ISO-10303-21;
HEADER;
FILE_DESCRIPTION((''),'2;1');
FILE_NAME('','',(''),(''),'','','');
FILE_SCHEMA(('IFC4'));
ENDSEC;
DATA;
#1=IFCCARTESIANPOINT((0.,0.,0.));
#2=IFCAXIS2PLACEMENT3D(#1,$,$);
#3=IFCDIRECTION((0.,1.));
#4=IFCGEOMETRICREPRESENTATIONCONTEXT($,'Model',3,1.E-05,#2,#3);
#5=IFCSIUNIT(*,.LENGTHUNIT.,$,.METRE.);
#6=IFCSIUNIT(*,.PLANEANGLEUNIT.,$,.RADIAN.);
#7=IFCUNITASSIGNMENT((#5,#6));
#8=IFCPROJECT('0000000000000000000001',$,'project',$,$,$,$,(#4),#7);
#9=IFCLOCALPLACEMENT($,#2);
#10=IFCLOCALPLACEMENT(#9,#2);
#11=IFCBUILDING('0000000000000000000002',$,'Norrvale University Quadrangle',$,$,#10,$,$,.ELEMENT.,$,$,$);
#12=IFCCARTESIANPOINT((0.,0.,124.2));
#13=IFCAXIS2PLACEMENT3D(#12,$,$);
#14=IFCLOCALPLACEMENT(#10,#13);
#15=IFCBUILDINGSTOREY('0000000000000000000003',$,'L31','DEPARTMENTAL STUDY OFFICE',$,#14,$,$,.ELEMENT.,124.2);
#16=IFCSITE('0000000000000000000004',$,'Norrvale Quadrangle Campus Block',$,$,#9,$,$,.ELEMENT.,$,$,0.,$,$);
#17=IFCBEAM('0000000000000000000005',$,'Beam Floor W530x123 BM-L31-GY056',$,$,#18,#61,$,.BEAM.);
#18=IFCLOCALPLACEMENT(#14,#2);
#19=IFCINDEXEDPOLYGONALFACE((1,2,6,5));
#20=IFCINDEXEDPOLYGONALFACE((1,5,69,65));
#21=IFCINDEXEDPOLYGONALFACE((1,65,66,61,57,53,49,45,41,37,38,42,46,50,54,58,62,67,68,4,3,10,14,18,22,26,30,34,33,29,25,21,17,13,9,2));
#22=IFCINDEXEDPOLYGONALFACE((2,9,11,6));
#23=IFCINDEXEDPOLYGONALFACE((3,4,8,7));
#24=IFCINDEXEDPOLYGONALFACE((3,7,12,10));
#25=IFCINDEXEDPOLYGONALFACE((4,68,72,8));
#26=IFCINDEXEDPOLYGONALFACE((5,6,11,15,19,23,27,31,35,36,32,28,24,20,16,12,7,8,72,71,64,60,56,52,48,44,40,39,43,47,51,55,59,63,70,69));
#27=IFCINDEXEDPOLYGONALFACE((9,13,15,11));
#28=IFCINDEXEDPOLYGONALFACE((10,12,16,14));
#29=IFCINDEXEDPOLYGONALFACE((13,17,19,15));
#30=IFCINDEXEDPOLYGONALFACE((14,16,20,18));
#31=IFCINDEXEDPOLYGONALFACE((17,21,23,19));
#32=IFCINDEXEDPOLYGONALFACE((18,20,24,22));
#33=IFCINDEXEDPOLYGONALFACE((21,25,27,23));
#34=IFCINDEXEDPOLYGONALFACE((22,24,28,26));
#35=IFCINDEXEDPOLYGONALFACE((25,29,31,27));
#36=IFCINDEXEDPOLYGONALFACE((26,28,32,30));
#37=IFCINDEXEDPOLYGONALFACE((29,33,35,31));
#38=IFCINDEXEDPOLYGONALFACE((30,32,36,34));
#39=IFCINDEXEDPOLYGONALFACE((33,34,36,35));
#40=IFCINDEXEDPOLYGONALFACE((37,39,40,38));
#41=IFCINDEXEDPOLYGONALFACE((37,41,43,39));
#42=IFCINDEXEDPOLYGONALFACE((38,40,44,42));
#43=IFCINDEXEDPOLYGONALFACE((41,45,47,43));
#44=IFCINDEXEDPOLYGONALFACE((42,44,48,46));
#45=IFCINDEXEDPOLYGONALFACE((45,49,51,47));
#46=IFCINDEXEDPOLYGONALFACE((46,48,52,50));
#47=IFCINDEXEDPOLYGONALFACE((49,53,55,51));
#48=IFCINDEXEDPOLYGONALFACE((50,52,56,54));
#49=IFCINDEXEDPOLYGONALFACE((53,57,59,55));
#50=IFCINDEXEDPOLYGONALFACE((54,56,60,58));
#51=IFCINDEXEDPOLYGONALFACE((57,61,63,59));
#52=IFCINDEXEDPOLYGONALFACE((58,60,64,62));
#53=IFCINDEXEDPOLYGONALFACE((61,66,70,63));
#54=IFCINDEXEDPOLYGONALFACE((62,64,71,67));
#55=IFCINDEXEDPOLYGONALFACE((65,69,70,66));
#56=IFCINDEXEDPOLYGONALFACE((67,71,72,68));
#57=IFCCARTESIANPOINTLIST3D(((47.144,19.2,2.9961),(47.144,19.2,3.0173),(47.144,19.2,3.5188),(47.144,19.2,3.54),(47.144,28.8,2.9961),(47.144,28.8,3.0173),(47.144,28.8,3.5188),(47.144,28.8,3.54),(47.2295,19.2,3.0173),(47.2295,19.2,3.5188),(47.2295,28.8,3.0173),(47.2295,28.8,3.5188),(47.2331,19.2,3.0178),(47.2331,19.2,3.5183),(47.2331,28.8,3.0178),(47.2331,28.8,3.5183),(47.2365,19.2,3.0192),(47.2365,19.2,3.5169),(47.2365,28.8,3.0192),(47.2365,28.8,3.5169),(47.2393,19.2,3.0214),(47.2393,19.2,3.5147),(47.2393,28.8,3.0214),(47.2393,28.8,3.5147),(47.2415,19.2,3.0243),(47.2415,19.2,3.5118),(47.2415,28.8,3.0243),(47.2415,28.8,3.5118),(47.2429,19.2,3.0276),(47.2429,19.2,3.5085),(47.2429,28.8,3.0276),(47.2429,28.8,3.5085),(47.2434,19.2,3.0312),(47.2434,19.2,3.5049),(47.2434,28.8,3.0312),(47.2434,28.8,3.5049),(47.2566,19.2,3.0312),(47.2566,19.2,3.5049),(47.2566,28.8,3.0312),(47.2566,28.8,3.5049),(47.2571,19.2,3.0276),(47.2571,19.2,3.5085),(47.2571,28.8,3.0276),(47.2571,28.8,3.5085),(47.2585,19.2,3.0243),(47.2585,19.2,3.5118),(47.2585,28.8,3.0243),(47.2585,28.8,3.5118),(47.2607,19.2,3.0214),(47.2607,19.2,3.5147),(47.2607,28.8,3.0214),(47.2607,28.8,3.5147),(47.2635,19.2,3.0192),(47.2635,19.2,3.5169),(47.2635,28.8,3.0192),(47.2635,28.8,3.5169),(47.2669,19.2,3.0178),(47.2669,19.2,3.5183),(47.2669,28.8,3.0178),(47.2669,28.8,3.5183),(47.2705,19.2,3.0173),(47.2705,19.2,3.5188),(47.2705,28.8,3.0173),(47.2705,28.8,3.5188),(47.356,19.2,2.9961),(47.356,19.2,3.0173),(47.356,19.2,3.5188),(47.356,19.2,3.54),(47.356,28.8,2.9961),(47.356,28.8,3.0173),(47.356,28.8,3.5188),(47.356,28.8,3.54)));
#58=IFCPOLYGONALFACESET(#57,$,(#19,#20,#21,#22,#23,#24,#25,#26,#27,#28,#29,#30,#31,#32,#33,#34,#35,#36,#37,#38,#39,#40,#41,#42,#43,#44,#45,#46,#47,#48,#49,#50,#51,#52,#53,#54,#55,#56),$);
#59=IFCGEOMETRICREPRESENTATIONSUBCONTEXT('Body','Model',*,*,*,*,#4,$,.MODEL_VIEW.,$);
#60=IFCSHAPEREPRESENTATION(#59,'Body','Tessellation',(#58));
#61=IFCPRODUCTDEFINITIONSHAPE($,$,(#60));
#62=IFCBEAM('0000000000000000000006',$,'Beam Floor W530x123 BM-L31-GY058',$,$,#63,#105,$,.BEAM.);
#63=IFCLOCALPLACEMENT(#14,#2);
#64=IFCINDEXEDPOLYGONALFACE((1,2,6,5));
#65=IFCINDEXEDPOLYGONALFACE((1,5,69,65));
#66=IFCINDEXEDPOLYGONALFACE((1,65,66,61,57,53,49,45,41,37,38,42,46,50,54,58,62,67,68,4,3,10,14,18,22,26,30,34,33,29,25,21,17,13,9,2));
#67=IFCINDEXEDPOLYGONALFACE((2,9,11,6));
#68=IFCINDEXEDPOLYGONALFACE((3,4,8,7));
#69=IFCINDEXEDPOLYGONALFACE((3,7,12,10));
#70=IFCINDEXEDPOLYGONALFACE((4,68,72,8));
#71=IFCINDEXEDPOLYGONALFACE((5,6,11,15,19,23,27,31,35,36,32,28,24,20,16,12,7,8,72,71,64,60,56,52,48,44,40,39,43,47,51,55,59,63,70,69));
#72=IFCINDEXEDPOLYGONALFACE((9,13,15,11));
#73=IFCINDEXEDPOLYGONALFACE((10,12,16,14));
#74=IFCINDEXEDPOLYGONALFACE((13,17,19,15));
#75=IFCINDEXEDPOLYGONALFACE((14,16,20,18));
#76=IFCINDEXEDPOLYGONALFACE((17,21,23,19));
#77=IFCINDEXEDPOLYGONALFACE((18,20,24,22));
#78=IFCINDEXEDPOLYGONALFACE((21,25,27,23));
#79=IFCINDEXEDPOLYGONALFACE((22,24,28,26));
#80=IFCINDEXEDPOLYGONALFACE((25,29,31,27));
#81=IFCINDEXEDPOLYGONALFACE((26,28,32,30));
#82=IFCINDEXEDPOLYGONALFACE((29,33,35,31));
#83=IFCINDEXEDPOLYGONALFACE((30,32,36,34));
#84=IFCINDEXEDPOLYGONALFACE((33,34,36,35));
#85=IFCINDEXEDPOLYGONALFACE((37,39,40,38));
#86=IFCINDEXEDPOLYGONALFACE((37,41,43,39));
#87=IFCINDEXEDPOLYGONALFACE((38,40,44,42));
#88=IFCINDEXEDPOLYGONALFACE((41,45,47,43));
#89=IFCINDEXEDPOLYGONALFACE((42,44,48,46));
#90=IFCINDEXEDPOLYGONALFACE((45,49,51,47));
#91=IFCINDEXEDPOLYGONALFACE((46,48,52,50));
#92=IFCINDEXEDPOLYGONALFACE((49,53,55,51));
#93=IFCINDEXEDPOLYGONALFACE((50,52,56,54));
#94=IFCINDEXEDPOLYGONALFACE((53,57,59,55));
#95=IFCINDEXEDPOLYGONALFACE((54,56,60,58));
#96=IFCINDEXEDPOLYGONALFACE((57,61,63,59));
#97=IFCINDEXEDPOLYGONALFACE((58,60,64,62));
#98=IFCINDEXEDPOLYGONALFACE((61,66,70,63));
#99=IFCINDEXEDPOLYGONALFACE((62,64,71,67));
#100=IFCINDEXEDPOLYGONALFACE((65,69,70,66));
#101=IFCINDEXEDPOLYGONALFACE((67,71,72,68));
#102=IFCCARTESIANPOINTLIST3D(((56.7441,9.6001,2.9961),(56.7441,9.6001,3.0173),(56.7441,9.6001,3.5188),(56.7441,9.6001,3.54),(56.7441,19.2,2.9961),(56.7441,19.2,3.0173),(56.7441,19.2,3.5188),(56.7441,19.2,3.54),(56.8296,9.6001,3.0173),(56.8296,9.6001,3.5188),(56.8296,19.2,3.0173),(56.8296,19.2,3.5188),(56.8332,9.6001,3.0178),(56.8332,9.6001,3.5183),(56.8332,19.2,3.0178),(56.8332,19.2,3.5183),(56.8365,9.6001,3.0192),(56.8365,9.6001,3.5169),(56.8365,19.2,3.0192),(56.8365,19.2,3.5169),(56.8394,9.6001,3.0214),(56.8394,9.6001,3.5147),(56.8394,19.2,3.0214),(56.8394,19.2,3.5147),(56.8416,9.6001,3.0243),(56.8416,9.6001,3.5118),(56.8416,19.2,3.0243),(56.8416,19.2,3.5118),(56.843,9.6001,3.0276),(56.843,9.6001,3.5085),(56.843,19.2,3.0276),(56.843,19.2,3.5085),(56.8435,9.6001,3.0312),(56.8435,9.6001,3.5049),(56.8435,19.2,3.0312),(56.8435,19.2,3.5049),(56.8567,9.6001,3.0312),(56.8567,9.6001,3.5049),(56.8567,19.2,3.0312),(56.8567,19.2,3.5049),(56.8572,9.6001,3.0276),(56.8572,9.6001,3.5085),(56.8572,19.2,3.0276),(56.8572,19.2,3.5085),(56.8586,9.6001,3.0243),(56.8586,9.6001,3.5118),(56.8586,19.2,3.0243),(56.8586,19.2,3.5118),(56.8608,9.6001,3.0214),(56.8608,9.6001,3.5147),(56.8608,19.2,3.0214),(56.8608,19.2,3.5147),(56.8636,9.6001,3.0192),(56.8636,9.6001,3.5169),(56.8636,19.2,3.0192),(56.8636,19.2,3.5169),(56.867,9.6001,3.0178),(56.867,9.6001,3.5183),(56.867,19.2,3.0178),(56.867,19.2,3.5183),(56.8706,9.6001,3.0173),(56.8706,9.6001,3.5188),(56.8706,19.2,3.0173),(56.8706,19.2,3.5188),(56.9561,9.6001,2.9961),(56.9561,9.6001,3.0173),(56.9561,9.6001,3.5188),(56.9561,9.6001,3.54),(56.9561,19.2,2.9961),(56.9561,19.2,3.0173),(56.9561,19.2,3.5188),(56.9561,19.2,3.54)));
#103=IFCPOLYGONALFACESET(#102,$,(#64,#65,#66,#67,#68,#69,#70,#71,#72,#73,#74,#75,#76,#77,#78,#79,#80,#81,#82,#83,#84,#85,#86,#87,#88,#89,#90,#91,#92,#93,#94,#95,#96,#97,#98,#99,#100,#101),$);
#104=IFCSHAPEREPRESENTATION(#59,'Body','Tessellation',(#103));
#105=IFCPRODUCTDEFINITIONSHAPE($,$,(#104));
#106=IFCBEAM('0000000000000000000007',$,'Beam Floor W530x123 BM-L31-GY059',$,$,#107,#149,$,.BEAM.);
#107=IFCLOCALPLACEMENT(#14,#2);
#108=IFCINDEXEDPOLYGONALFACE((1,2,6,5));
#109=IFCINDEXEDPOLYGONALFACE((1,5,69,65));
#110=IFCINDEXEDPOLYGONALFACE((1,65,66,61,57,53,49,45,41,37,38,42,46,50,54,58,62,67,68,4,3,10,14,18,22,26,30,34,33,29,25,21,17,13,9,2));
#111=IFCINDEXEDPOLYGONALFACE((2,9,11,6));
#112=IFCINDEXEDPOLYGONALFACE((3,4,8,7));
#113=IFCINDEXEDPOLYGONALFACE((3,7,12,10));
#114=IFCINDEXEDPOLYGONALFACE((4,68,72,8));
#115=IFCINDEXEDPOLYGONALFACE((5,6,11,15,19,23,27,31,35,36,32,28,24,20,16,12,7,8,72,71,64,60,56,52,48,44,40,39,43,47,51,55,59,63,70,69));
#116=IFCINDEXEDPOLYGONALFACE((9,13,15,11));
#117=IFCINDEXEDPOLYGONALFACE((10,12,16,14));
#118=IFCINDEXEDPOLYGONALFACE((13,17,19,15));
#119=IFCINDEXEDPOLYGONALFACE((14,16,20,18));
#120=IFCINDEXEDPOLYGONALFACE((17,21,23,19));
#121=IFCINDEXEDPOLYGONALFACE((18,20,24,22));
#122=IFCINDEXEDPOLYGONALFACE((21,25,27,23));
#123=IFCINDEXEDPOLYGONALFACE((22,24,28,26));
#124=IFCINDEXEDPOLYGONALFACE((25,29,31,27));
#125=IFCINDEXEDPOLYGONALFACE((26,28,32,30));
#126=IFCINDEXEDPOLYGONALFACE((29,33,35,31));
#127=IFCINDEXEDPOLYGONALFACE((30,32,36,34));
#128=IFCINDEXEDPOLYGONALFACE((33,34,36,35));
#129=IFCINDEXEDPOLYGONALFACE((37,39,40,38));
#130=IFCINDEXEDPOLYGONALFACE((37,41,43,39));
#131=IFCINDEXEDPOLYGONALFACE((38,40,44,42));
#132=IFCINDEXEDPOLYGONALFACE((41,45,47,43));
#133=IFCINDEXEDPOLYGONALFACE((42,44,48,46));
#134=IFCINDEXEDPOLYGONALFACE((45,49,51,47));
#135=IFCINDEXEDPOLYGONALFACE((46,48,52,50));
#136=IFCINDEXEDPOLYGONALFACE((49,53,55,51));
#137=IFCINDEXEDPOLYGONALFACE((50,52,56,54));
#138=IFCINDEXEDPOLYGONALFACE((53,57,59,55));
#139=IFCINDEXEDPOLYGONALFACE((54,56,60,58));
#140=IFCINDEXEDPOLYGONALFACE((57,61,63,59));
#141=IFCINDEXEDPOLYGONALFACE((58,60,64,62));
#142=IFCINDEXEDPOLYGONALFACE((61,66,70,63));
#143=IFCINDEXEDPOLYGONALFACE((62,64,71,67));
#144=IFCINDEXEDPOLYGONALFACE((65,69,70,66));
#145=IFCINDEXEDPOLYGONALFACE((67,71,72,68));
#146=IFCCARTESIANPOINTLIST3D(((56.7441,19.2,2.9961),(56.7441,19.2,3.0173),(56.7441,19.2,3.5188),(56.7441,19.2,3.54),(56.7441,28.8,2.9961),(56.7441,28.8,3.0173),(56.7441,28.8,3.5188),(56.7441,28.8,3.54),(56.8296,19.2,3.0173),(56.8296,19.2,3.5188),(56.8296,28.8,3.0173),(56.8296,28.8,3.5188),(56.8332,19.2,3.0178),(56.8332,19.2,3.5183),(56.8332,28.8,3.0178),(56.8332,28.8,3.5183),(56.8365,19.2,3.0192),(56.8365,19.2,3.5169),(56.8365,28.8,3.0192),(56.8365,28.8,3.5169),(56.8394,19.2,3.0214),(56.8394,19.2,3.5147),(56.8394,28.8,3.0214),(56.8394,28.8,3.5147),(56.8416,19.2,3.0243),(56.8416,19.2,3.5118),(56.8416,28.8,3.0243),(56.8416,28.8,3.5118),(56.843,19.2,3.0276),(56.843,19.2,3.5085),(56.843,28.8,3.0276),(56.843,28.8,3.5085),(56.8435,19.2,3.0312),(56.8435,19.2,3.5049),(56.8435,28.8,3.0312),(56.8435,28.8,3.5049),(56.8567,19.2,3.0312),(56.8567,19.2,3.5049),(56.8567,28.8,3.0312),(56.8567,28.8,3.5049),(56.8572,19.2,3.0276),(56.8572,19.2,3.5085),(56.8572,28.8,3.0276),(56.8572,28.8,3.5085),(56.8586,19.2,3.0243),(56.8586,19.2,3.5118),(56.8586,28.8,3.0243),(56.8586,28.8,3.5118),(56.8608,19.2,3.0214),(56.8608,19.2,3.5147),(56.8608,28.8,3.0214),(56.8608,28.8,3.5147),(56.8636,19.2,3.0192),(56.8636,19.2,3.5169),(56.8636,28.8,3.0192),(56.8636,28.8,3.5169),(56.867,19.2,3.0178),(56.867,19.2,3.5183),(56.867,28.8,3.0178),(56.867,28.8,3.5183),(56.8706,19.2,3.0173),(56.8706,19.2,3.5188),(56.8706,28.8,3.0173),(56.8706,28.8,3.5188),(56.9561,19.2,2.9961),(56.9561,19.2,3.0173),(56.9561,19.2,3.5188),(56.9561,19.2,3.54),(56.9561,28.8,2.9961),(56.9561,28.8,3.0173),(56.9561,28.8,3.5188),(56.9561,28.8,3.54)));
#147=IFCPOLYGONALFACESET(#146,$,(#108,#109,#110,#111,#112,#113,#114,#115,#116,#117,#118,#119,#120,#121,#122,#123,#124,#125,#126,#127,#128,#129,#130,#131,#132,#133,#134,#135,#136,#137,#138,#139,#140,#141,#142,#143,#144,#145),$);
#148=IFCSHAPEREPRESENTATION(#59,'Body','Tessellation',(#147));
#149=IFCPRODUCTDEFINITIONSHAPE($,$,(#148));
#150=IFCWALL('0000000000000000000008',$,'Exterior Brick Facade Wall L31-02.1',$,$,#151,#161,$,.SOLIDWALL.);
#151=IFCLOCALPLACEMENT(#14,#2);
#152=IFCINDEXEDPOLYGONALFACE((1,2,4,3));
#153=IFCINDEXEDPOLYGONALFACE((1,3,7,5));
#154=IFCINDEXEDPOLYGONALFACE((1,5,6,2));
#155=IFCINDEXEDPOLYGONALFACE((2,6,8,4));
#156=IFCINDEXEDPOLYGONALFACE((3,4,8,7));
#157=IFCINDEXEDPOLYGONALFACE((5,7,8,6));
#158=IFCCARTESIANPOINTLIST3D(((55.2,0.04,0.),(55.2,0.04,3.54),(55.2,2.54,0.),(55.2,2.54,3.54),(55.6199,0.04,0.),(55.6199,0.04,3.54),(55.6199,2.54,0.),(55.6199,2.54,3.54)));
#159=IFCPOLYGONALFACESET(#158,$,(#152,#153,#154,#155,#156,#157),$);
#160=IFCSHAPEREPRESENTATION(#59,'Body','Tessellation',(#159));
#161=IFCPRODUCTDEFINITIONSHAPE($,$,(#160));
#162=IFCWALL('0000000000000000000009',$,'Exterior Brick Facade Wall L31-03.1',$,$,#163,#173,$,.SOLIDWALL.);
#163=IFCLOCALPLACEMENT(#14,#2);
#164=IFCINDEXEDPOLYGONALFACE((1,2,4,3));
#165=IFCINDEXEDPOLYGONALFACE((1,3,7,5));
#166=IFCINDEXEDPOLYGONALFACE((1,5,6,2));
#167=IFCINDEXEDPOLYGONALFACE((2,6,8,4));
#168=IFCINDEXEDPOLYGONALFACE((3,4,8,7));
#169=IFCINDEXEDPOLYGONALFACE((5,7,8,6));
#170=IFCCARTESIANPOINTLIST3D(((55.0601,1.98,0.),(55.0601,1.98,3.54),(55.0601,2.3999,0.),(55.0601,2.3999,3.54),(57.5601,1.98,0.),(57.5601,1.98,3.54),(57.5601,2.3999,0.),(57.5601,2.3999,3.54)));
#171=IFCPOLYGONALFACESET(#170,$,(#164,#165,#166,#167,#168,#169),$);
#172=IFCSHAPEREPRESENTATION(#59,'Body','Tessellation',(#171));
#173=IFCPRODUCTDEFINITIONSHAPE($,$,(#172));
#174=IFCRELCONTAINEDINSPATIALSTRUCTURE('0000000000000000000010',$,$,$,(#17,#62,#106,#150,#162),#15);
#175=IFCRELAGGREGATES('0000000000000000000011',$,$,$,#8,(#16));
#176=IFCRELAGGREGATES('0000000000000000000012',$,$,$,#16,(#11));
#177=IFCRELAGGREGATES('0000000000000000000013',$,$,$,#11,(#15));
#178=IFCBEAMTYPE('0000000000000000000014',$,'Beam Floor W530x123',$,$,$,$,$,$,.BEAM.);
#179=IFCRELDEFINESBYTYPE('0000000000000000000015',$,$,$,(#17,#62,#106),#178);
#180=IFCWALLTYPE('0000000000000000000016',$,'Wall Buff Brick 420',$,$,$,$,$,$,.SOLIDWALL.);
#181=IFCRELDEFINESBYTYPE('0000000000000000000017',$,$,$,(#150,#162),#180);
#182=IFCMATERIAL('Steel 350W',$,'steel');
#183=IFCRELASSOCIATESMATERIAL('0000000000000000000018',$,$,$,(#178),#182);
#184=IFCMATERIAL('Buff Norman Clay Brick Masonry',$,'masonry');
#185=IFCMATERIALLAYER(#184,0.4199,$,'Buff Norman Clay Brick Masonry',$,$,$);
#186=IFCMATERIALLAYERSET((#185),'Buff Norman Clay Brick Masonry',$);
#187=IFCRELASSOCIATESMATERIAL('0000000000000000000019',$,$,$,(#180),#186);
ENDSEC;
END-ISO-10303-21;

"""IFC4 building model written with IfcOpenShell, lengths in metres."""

from ifc_helpers import new_model, si_unit, direction, frame, frame_2d, origin, origin_2d, place, context, subcontext, project, spatial, rectangle, i_section, extrude, material, layer, layer_set, material_profile, profile_set, type_object, element, save


model = new_model("IFC4")

# Units and contexts
model_context = context("Model", 3, precision=1e-05, world=origin(), true_north=direction((0.0, 1.0)))
body_context = subcontext(model_context, "Body", "Model", "MODEL_VIEW")
ifc_project = project(units=[si_unit("LENGTHUNIT", "METRE"), si_unit("PLANEANGLEUNIT", "RADIAN")], contexts=[model_context])

# Site, building, storey
site_placement = place(None, origin())
site = spatial("IfcSite", under=ifc_project, at=site_placement, Name="Norrvale Quadrangle Campus Block", CompositionType="ELEMENT", RefElevation=0.0)
building_placement = place(site_placement, origin())
building = spatial("IfcBuilding", under=site, at=building_placement, Name="Norrvale University Quadrangle", CompositionType="ELEMENT")
storey_placement = place(building_placement, frame((0.0, 0.0, 124.2)))
storey = spatial("IfcBuildingStorey", under=building, at=storey_placement, Name="L31", Description="DEPARTMENTAL STUDY OFFICE", CompositionType="ELEMENT", Elevation=124.2)

# Beams
ifc_material_1 = material(Name="Steel 350W", Category="steel")
ifc_material_profile_1 = material_profile(ifc_material_1, i_section(OverallWidth=0.2119, OverallDepth=0.5439, WebThickness=0.0132, FlangeThickness=0.0212, FilletRadius=0.0139, at=origin_2d()), Name="Steel 350W")
ifc_profile_set_1 = profile_set([ifc_material_profile_1], Name="Steel 350W")
beam_type_1 = type_object("IfcBeamType", Name="Beam Floor W530x123", PredefinedType="BEAM", material=ifc_profile_set_1)
beam_1_placement = place(storey_placement, frame((47.25, 19.2, 3.2681), z_axis=(0.0, 1.0, 0.0), x_axis=(-1.0, 0.0, 0.0)))
element("IfcBeam", 1, at=beam_1_placement, inside=storey, type_object=beam_type_1, Name="Beam Floor W530x123 BM-L31-GY056", PredefinedType="BEAM", context=body_context, shape_type="SweptSolid", body=[
    extrude(i_section(OverallWidth=0.2119, OverallDepth=0.5439, WebThickness=0.0132, FlangeThickness=0.0212, FilletRadius=0.0139, at=origin_2d()), origin(), (0.0, 0.0, 1.0), 9.6001),
])
beam_2_placement = place(storey_placement, frame((56.8501, 9.6001, 3.2681), z_axis=(0.0, 1.0, 0.0), x_axis=(-1.0, 0.0, 0.0)))
element("IfcBeam", 2, at=beam_2_placement, inside=storey, type_object=beam_type_1, Name="Beam Floor W530x123 BM-L31-GY058", PredefinedType="BEAM", context=body_context, shape_type="SweptSolid", body=[
    extrude(i_section(OverallWidth=0.2119, OverallDepth=0.5439, WebThickness=0.0132, FlangeThickness=0.0212, FilletRadius=0.0139, at=origin_2d()), origin(), (0.0, 0.0, 1.0), 9.5999),
])
beam_3_placement = place(storey_placement, frame((56.8501, 19.2, 3.2681), z_axis=(0.0, 1.0, 0.0), x_axis=(-1.0, 0.0, 0.0)))
element("IfcBeam", 3, at=beam_3_placement, inside=storey, type_object=beam_type_1, Name="Beam Floor W530x123 BM-L31-GY059", PredefinedType="BEAM", context=body_context, shape_type="SweptSolid", body=[
    extrude(i_section(OverallWidth=0.2119, OverallDepth=0.5439, WebThickness=0.0132, FlangeThickness=0.0212, FilletRadius=0.0139, at=origin_2d()), origin(), (0.0, 0.0, 1.0), 9.6001),
])

# Walls
ifc_material_2 = material(Name="Buff Norman Clay Brick Masonry", Category="masonry")
ifc_layer_1 = layer(ifc_material_2, 0.4199, Name="Buff Norman Clay Brick Masonry")
ifc_layer_set_1 = layer_set([ifc_layer_1], Name="Buff Norman Clay Brick Masonry")
wall_type_1 = type_object("IfcWallType", Name="Wall Buff Brick 420", PredefinedType="SOLIDWALL", material=ifc_layer_set_1)
for number, where, z_axis, x_axis, name in (
    (4, (55.4099, 0.04, 0.0), (0.0, 0.0, 1.0), (0.0, 1.0, 0.0), "Exterior Brick Facade Wall L31-02.1"),
    (5, (55.0601, 2.1899, 0.0), (0.0, 0.0, 1.0), (1.0, 0.0, 0.0), "Exterior Brick Facade Wall L31-03.1"),
):
    element("IfcWall", number, at=place(storey_placement, frame(where, z_axis=z_axis, x_axis=x_axis)), inside=storey, type_object=wall_type_1, Name=name, PredefinedType="SOLIDWALL", context=body_context, shape_type="SweptSolid", body=[
        extrude(rectangle(XDim=2.5, YDim=0.4199, at=frame_2d((1.25, 0.0))), origin(), (0.0, 0.0, 1.0), 3.54),
    ])

save(model, "model.ifc")
